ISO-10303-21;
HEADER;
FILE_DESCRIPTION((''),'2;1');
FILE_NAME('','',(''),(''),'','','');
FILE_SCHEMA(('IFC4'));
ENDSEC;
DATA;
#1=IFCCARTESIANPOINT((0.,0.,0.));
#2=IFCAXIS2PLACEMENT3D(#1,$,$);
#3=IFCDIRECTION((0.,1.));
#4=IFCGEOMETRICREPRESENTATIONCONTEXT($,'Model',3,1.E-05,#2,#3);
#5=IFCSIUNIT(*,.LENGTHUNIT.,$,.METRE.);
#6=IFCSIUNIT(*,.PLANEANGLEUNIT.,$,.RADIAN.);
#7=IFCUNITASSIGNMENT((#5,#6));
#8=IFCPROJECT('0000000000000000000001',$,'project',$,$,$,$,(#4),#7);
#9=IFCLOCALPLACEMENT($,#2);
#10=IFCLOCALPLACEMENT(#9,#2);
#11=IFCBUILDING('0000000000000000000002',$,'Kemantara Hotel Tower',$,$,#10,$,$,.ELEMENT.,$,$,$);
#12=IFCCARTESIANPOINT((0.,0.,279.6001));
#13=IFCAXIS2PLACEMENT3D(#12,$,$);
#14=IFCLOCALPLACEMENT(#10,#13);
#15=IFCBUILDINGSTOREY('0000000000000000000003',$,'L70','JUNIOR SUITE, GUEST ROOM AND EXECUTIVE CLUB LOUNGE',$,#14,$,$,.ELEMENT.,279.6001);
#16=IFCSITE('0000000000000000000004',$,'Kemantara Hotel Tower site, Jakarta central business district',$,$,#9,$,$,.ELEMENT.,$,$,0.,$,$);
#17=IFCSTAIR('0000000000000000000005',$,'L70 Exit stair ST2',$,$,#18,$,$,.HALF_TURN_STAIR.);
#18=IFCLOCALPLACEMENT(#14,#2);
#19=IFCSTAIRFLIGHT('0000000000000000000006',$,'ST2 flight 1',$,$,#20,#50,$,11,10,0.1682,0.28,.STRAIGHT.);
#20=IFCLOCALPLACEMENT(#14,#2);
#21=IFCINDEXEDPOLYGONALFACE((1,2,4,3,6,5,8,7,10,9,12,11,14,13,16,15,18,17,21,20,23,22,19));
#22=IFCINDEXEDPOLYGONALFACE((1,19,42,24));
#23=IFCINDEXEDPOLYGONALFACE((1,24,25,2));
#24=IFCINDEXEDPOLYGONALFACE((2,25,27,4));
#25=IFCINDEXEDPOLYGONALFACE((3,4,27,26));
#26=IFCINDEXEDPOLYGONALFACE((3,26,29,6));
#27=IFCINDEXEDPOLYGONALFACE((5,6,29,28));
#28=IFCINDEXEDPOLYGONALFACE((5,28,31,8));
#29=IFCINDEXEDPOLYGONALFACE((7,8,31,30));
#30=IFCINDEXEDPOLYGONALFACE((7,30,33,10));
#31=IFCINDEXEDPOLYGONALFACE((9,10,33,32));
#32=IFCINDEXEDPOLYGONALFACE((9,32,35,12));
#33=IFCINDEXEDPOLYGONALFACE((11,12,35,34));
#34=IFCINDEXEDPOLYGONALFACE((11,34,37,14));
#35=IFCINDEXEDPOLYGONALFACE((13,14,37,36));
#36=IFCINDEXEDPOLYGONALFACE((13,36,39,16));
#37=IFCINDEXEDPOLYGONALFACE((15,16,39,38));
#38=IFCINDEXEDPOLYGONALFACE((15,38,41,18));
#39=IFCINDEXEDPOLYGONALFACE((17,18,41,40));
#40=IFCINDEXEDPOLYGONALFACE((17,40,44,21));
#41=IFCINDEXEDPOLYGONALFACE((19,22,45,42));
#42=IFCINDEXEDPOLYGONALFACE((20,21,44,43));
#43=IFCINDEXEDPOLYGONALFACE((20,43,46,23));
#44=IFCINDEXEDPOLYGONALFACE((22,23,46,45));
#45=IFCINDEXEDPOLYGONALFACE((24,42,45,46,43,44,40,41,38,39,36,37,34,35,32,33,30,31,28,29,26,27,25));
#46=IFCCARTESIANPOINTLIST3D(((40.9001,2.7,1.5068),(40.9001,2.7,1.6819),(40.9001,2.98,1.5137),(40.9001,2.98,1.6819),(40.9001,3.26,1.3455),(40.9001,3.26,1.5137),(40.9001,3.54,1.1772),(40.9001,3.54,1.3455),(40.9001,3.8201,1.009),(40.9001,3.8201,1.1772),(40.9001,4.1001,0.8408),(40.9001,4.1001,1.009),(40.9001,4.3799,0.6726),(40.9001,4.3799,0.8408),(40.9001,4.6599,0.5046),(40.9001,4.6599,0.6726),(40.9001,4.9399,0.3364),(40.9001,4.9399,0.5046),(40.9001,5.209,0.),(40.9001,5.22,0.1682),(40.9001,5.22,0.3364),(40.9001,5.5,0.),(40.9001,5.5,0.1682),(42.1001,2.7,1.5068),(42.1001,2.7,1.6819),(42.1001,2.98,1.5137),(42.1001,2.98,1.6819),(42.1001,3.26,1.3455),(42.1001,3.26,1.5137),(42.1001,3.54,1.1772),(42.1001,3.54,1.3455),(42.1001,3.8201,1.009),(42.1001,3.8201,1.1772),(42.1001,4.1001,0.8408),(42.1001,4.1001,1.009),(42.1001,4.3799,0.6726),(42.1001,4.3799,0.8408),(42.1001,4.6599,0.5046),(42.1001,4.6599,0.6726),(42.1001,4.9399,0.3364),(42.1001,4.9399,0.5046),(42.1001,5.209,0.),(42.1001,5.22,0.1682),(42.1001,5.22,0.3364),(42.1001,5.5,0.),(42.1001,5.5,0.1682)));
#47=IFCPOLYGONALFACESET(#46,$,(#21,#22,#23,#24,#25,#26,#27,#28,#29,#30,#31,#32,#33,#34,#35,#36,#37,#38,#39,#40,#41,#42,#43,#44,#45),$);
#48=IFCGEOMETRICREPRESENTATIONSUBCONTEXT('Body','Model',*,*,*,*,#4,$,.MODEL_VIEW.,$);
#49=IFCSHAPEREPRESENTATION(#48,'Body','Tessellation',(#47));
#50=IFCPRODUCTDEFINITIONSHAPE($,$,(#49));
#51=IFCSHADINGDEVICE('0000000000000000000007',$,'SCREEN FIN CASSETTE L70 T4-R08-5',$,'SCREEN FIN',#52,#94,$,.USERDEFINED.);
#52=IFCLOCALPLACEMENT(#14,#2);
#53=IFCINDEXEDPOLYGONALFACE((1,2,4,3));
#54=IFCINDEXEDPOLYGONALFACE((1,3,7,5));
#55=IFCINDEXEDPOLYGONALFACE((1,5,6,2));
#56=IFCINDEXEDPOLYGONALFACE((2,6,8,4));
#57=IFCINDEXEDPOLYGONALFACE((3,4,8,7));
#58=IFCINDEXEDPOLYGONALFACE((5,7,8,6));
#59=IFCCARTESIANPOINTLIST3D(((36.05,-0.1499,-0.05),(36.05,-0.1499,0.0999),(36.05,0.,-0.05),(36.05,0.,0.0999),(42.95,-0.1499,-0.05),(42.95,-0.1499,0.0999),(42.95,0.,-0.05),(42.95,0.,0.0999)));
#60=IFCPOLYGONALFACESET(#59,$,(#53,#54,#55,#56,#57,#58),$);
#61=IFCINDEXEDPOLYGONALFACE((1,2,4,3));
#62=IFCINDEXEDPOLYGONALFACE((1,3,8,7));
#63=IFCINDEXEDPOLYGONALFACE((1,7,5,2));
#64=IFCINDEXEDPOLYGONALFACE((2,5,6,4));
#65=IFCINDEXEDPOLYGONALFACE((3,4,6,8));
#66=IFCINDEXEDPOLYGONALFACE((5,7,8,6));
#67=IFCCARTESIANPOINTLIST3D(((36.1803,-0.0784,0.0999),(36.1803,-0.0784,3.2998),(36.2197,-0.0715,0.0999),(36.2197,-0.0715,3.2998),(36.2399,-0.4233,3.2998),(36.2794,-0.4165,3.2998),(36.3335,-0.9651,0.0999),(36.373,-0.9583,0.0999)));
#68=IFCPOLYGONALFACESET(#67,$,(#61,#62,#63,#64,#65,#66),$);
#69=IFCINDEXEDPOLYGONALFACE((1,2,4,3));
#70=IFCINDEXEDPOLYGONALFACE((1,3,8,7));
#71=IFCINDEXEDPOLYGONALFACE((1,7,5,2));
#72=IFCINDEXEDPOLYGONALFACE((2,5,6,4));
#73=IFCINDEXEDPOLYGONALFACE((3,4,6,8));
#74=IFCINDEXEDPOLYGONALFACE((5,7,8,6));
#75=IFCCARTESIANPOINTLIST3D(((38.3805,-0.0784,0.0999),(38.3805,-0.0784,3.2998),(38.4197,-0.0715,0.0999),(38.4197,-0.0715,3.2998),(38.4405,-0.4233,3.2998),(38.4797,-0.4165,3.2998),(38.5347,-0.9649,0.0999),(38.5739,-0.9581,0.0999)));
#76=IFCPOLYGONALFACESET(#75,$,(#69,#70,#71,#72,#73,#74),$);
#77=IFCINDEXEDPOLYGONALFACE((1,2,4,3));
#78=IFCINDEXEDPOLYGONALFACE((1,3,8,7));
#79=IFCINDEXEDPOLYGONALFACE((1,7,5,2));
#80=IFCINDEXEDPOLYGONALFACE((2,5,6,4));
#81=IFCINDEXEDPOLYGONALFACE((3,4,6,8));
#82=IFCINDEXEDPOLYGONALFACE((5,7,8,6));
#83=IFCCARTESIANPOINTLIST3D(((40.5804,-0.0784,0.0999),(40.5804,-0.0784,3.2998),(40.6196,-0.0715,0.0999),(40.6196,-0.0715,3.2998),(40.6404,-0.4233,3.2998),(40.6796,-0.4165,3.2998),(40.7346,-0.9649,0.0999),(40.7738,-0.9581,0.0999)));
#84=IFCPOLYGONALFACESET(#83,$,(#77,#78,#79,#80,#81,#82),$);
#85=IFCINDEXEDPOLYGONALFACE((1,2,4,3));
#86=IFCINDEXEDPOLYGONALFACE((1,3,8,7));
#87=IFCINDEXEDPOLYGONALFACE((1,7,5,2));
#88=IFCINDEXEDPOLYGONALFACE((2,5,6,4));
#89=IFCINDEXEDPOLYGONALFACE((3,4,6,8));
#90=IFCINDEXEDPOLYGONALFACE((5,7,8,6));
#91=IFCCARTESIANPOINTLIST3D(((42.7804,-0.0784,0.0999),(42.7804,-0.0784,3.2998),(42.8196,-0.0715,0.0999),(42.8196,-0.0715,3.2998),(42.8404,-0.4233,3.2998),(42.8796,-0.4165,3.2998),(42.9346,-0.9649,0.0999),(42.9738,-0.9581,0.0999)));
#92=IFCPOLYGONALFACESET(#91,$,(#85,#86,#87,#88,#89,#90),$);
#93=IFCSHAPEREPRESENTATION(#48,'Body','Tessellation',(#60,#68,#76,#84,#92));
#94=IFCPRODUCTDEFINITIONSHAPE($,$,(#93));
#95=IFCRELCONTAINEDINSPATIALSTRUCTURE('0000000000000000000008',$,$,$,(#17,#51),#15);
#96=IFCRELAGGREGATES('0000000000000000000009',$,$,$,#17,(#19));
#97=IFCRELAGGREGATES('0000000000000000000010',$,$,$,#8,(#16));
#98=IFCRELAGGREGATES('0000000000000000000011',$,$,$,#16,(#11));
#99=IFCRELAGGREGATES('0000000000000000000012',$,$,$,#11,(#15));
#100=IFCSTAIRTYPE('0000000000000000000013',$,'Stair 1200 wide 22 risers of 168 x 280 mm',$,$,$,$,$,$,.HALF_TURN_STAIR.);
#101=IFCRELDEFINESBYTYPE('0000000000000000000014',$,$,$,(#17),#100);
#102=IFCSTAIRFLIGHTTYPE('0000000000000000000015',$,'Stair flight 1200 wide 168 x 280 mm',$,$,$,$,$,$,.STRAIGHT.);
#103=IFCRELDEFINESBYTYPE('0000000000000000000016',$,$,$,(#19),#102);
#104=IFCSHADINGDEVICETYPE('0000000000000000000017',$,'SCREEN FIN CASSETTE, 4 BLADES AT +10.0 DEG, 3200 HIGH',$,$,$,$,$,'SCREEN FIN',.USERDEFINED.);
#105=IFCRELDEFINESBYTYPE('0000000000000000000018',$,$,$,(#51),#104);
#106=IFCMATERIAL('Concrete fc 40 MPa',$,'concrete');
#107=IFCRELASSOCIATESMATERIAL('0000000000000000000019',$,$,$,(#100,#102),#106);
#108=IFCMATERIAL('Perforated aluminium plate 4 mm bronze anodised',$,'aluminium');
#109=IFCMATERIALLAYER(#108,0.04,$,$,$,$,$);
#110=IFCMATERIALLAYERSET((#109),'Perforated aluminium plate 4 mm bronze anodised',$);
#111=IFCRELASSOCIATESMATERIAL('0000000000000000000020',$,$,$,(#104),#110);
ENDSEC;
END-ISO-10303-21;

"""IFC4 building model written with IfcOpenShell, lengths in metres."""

from ifc_helpers import new_model, si_unit, direction, frame, origin, origin_2d, place, context, subcontext, project, spatial, polyline, rectangle, outline, extrude, source, transform, mapped, material, layer, layer_set, type_object, element, aggregate, save


model = new_model("IFC4")

# Units and contexts
model_context = context("Model", 3, precision=1e-05, world=origin(), true_north=direction((0.0, 1.0)))
body_context = subcontext(model_context, "Body", "Model", "MODEL_VIEW")
ifc_project = project(units=[si_unit("LENGTHUNIT", "METRE"), si_unit("PLANEANGLEUNIT", "RADIAN")], contexts=[model_context])

# Site, building, storey
site_placement = place(None, origin())
site = spatial("IfcSite", under=ifc_project, at=site_placement, Name="Kemantara Hotel Tower site, Jakarta central business district", CompositionType="ELEMENT", RefElevation=0.0)
building_placement = place(site_placement, origin())
building = spatial("IfcBuilding", under=site, at=building_placement, Name="Kemantara Hotel Tower", CompositionType="ELEMENT")
storey_placement = place(building_placement, frame((0.0, 0.0, 279.6001)))
storey = spatial("IfcBuildingStorey", under=building, at=storey_placement, Name="L70", Description="JUNIOR SUITE, GUEST ROOM AND EXECUTIVE CLUB LOUNGE", CompositionType="ELEMENT", Elevation=279.6001)

# Stair, stair flight
ifc_material_1 = material(Name="Concrete fc 40 MPa", Category="concrete")
stair_type = type_object("IfcStairType", Name="Stair 1200 wide 22 risers of 168 x 280 mm", PredefinedType="HALF_TURN_STAIR", material=ifc_material_1)
stair_placement = place(storey_placement, origin())
stair = element("IfcStair", 1, at=stair_placement, inside=storey, type_object=stair_type, Name="L70 Exit stair ST2", PredefinedType="HALF_TURN_STAIR")
stair_flight_type = type_object("IfcStairFlightType", Name="Stair flight 1200 wide 168 x 280 mm", PredefinedType="STRAIGHT", material=ifc_material_1)
stair_flight_placement = place(storey_placement, frame((41.5, 5.5, 0.0), z_axis=(0.0, 0.0, 1.0), x_axis=(0.0, -1.0, 0.0)))
stair_flight = element("IfcStairFlight", 2, at=stair_flight_placement, type_object=stair_flight_type, Name="ST2 flight 1", NumberOfRisers=11, NumberOfTreads=10, PredefinedType="STRAIGHT", RiserHeight=0.1682, TreadLength=0.28, context=body_context, shape_type="SweptSolid", body=[
    extrude(outline(polyline([(0.0, 0.0), (0.0, 0.1682), (0.28, 0.1682), (0.28, 0.3364), (0.5601, 0.3364), (0.5601, 0.5046), (0.8401, 0.5046), (0.8401, 0.6726), (1.1201, 0.6726), (1.1201, 0.8408), (1.3999, 0.8408), (1.3999, 1.009), (1.6799, 1.009), (1.6799, 1.1772), (1.96, 1.1772), (1.96, 1.3455), (2.24, 1.3455), (2.24, 1.5137), (2.52, 1.5137), (2.52, 1.6819), (2.8, 1.6819), (2.8, 1.8501), (2.8, 1.5068), (0.291, 0.0), (0.0, 0.0)])), frame((0.0, 0.6001, 0.0), z_axis=(0.0, -1.0, 0.0), x_axis=(1.0, 0.0, 0.0)), (0.0, 0.0, 1.0), 1.2),
])
aggregate(stair, [stair_flight])

# Shading device
ifc_material_2 = material(Name="Perforated aluminium plate 4 mm bronze anodised", Category="aluminium")
ifc_layer_1 = layer(ifc_material_2, 0.04)
ifc_layer_set_1 = layer_set([ifc_layer_1], Name="Perforated aluminium plate 4 mm bronze anodised")
shading_device_type = type_object("IfcShadingDeviceType", Name="SCREEN FIN CASSETTE, 4 BLADES AT +10.0 DEG, 3200 HIGH", ElementType="SCREEN FIN", PredefinedType="USERDEFINED", material=ifc_layer_set_1)
shared_shape = source(origin(), body_context, "Body", "SweptSolid", [
    extrude(rectangle(XDim=6.8999, YDim=0.1499, at=origin_2d()), frame((3.3, -0.075, -0.1499), z_axis=(0.0, 0.0, 1.0), x_axis=(1.0, 0.0, 0.0)), (0.0, 0.0, 1.0), 0.1499),
    extrude(outline(polyline([(0.0, 0.0), (0.8999, 0.0), (0.3501, 3.2), (0.0, 3.2), (0.0, 0.0)])), frame((0.0198, -0.0715, 0.0), z_axis=(-0.98539, -0.170314, 0.0), x_axis=(0.170314, -0.98539, 0.0)), (0.0, 0.0, 1.0), 0.04),
    extrude(outline(polyline([(0.0, 0.0), (0.8999, 0.0), (0.3501, 3.2), (0.0, 3.2), (0.0, 0.0)])), frame((2.2197, -0.0715, 0.0), z_axis=(-0.985212, -0.171341, 0.0), x_axis=(0.171341, -0.985212, 0.0)), (0.0, 0.0, 1.0), 0.0398),
    extrude(outline(polyline([(0.0, 0.0), (0.8999, 0.0), (0.3501, 3.2), (0.0, 3.2), (0.0, 0.0)])), frame((4.4197, -0.0715, 0.0), z_axis=(-0.985212, -0.171341, 0.0), x_axis=(0.171341, -0.985212, 0.0)), (0.0, 0.0, 1.0), 0.0398),
    extrude(outline(polyline([(0.0, 0.0), (0.8999, 0.0), (0.3501, 3.2), (0.0, 3.2), (0.0, 0.0)])), frame((6.6196, -0.0715, 0.0), z_axis=(-0.985212, -0.171341, 0.0), x_axis=(0.171341, -0.985212, 0.0)), (0.0, 0.0, 1.0), 0.0398),
])
shading_device_placement = place(storey_placement, frame((36.2, 0.0, 0.0999), z_axis=(0.0, 0.0, 1.0), x_axis=(1.0, 0.0, 0.0)))
element("IfcShadingDevice", 3, at=shading_device_placement, inside=storey, type_object=shading_device_type, Name="SCREEN FIN CASSETTE L70 T4-R08-5", ObjectType="SCREEN FIN", PredefinedType="USERDEFINED", context=body_context, shape_type="MappedRepresentation", body=[
    mapped(shared_shape, transform((0.0, 0.0, 0.0))),
])

save(model, "model.ifc")
